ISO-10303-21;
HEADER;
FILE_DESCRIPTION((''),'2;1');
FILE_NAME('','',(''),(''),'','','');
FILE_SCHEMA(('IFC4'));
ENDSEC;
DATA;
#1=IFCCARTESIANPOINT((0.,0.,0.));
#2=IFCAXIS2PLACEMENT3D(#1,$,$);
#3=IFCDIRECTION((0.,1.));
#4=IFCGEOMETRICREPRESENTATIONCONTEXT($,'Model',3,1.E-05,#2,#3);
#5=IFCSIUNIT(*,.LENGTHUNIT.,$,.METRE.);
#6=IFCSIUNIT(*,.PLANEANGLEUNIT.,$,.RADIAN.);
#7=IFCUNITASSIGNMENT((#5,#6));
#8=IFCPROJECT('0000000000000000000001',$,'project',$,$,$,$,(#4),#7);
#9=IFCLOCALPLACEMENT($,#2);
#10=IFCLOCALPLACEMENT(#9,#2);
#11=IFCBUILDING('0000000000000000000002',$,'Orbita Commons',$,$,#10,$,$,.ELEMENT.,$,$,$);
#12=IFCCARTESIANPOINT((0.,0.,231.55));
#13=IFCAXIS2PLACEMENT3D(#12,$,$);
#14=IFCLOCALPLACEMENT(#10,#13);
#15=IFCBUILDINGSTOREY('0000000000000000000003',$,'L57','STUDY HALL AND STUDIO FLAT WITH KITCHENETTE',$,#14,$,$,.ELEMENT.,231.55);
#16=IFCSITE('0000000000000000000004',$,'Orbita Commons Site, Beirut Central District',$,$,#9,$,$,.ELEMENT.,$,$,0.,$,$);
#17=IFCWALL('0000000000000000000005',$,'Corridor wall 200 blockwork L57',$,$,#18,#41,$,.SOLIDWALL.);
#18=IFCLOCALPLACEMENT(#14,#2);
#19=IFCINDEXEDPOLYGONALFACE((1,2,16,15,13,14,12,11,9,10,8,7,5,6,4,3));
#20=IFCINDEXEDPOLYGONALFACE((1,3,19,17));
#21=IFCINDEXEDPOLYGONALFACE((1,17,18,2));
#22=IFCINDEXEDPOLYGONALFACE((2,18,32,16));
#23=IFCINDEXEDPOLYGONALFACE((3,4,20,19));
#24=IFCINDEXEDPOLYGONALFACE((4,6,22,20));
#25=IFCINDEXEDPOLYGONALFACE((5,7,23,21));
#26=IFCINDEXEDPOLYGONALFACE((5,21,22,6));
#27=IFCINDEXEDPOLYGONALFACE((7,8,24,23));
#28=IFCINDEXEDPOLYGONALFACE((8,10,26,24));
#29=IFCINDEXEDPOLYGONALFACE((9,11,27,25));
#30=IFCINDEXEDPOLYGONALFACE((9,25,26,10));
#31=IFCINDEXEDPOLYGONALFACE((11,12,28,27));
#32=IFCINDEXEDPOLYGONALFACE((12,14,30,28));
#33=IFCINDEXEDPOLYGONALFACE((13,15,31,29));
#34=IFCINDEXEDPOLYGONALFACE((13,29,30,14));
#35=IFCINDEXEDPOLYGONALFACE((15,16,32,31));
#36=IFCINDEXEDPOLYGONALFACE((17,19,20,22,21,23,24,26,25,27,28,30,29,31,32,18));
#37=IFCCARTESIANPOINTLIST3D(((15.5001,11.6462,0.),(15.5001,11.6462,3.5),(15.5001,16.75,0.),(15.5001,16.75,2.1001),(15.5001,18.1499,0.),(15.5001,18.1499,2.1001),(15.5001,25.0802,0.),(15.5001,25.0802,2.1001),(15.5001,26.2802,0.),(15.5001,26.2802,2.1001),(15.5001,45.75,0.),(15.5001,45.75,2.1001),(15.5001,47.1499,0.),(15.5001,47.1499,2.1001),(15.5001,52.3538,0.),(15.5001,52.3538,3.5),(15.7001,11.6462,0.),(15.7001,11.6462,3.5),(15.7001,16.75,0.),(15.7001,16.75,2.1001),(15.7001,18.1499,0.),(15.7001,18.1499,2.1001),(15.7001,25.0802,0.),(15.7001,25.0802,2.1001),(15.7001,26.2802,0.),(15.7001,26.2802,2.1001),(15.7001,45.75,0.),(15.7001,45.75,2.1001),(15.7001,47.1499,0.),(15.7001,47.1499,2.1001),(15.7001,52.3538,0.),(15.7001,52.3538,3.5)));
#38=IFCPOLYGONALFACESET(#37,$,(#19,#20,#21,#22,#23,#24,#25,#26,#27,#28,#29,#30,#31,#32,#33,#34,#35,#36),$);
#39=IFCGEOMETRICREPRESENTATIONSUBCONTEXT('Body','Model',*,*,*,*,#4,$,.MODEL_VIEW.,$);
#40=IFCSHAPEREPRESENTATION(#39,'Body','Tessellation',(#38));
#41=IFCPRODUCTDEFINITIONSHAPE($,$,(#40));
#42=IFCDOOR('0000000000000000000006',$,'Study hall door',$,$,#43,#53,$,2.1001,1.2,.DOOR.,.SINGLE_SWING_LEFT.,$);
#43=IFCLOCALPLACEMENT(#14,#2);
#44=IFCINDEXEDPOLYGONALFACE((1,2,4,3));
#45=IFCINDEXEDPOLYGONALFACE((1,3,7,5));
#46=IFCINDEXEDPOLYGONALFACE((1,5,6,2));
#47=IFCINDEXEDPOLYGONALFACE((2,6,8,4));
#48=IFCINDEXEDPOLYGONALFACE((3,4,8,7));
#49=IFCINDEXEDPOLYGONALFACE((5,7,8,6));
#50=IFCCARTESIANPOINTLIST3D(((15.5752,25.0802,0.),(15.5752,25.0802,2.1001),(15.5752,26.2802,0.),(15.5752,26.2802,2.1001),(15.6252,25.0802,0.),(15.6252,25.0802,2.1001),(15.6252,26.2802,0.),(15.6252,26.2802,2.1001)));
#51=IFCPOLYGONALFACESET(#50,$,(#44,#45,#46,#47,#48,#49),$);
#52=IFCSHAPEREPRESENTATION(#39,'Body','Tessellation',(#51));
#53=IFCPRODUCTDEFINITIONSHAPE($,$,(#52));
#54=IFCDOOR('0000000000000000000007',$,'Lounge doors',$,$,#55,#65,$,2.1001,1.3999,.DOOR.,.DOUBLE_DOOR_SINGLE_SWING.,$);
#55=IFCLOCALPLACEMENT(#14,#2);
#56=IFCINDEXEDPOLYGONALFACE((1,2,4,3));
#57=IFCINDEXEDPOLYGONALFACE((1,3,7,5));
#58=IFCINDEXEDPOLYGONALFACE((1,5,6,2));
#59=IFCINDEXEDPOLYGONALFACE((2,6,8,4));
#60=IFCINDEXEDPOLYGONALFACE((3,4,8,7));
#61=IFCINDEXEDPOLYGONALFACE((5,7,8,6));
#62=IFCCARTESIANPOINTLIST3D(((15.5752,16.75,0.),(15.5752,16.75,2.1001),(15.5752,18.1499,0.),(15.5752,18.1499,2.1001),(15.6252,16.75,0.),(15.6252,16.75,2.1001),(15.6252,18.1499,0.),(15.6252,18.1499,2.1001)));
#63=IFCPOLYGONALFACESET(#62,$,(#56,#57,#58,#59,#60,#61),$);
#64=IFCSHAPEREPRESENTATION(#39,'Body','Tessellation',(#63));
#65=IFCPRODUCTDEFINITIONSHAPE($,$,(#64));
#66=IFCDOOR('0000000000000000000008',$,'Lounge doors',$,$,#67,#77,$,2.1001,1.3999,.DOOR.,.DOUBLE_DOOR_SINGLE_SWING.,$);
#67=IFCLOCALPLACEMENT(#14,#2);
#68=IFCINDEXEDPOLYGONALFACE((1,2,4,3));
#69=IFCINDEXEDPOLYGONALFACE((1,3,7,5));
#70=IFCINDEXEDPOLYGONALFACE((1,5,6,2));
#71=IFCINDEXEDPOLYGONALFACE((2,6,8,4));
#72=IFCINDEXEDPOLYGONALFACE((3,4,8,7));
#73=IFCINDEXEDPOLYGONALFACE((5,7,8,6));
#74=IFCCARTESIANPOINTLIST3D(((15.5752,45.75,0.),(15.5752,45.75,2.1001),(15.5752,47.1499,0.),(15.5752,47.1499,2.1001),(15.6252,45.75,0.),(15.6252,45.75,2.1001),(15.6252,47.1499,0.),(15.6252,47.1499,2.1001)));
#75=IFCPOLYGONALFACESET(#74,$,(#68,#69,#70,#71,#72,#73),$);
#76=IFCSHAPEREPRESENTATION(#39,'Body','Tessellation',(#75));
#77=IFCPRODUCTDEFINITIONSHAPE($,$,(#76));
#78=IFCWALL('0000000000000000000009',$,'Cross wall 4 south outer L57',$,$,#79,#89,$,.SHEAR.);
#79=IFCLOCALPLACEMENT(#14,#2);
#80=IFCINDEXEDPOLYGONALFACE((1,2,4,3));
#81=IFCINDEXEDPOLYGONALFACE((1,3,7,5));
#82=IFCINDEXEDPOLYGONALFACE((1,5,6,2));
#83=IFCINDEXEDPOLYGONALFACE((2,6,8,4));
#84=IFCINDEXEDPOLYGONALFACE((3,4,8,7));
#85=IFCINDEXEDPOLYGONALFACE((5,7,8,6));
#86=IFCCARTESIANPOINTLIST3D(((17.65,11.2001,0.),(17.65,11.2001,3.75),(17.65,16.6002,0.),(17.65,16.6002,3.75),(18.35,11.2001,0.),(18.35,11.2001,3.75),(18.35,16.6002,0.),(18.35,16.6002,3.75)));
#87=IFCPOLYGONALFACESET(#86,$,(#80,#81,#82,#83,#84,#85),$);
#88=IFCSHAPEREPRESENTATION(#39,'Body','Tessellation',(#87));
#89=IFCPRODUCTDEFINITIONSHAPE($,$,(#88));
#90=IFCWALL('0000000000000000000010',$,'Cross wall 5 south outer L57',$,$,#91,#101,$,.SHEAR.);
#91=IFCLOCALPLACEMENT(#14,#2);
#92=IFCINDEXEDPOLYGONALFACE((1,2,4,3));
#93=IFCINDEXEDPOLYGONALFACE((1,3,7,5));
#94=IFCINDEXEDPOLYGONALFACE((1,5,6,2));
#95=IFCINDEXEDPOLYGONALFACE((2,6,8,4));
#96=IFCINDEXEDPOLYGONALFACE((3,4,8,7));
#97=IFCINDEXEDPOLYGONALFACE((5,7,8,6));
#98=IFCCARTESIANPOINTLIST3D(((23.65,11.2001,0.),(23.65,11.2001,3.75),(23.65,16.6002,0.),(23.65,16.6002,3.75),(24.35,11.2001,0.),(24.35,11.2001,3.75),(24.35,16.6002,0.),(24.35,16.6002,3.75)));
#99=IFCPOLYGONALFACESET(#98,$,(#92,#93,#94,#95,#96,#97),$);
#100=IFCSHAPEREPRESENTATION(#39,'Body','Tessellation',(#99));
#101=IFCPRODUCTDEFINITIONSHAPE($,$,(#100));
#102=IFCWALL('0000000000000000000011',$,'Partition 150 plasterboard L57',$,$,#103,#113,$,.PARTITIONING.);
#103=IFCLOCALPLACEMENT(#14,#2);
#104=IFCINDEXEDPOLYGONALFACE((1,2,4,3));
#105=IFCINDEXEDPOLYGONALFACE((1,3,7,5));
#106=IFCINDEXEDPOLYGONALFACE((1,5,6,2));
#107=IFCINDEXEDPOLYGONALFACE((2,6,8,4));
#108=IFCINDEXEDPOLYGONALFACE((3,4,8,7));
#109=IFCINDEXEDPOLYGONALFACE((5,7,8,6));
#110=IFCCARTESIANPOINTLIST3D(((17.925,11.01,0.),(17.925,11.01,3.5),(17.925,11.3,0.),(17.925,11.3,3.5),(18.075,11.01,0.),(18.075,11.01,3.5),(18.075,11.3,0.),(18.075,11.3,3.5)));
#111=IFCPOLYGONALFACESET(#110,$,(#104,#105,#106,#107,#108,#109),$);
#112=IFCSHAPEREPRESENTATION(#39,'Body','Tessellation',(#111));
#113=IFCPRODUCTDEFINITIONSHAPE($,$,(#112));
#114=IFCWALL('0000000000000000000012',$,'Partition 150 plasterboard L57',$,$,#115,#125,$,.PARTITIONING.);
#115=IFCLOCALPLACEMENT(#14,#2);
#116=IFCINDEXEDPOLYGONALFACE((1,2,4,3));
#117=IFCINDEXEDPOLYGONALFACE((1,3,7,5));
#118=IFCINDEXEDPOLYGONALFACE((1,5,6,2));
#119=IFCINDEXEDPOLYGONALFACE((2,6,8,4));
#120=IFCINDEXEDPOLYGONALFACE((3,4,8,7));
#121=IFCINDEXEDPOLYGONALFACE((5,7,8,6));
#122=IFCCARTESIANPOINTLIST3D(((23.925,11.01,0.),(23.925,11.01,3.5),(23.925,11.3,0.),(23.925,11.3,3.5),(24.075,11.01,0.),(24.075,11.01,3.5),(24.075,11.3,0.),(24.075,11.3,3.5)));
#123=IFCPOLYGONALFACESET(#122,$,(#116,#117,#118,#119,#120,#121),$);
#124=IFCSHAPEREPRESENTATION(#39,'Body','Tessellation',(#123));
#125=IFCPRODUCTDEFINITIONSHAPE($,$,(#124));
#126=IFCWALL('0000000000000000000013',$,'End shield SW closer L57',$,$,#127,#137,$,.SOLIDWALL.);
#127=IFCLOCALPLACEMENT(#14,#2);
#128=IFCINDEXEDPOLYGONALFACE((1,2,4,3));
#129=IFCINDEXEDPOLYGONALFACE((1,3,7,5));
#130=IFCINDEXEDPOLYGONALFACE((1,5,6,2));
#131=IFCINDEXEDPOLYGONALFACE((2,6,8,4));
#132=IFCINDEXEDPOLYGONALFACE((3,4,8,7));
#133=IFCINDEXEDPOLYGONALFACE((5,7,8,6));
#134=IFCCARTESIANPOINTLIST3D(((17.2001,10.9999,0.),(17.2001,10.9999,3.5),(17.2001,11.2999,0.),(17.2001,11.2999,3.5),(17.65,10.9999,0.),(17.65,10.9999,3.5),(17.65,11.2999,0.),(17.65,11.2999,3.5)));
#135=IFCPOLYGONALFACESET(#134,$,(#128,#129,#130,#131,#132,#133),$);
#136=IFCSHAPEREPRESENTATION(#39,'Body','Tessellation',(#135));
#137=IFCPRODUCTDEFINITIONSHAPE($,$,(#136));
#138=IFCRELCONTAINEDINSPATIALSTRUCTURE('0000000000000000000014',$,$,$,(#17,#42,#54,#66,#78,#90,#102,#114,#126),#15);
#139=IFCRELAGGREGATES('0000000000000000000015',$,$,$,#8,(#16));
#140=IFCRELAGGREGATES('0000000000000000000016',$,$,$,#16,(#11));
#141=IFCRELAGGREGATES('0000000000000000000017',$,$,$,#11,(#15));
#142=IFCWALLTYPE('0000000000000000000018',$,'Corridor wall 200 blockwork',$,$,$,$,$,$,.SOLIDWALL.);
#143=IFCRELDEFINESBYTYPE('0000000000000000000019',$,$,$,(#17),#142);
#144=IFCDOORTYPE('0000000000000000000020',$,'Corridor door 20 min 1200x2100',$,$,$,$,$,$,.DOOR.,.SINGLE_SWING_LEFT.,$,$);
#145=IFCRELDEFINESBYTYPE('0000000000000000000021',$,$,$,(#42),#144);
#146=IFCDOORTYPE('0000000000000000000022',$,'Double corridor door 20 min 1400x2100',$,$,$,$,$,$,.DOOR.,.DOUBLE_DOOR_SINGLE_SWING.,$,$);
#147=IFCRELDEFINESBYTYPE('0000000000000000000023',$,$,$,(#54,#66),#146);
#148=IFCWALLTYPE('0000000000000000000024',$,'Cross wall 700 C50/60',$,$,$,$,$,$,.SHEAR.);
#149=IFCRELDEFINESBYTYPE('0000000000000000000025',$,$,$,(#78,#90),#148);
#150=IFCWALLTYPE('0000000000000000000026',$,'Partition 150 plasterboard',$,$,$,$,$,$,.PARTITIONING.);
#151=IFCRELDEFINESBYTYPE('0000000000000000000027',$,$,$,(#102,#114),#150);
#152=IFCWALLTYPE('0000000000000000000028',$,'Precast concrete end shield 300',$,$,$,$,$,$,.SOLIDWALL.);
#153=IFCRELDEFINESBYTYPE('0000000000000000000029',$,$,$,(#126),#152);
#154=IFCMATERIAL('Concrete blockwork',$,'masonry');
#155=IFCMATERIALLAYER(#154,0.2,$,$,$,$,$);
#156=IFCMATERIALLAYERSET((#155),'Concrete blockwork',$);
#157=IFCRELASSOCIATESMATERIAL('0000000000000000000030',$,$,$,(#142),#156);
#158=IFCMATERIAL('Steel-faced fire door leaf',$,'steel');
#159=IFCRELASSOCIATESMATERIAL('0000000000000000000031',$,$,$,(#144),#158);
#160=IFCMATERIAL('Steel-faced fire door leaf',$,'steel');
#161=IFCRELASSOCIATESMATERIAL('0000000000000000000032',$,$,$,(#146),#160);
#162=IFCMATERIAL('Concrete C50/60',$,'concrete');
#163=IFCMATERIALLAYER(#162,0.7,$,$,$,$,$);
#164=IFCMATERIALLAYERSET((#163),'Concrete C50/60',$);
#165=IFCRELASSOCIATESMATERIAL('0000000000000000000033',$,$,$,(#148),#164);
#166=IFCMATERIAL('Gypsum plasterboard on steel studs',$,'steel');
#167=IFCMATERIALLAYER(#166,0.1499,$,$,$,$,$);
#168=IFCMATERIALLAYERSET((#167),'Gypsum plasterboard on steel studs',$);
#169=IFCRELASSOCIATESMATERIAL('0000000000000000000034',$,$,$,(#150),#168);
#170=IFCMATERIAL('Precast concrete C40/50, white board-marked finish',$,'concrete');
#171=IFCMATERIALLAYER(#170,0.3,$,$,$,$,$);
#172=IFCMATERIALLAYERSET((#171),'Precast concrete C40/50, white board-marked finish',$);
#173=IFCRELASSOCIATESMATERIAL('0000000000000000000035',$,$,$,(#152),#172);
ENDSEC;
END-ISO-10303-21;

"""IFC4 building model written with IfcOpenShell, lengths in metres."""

from ifc_helpers import new_model, si_unit, direction, frame, frame_2d, origin, place, context, subcontext, project, spatial, rectangle, extrude, material, layer, layer_set, type_object, element, fill, save


model = new_model("IFC4")

# Units and contexts
model_context = context("Model", 3, precision=1e-05, world=origin(), true_north=direction((0.0, 1.0)))
body_context = subcontext(model_context, "Body", "Model", "MODEL_VIEW")
ifc_project = project(units=[si_unit("LENGTHUNIT", "METRE"), si_unit("PLANEANGLEUNIT", "RADIAN")], contexts=[model_context])

# Site, building, storey
site_placement = place(None, origin())
site = spatial("IfcSite", under=ifc_project, at=site_placement, Name="Orbita Commons Site, Beirut Central District", CompositionType="ELEMENT", RefElevation=0.0)
building_placement = place(site_placement, origin())
building = spatial("IfcBuilding", under=site, at=building_placement, Name="Orbita Commons", CompositionType="ELEMENT")
storey_placement = place(building_placement, frame((0.0, 0.0, 231.55)))
storey = spatial("IfcBuildingStorey", under=building, at=storey_placement, Name="L57", Description="STUDY HALL AND STUDIO FLAT WITH KITCHENETTE", CompositionType="ELEMENT", Elevation=231.55)

# Wall, openings, doors
ifc_material_1 = material(Name="Concrete blockwork", Category="masonry")
ifc_layer_1 = layer(ifc_material_1, 0.2)
ifc_layer_set_1 = layer_set([ifc_layer_1], Name="Concrete blockwork")
wall_type_1 = type_object("IfcWallType", Name="Corridor wall 200 blockwork", PredefinedType="SOLIDWALL", material=ifc_layer_set_1)
wall_1_placement = place(storey_placement, frame((15.6001, 11.6462, 0.0), z_axis=(0.0, 0.0, 1.0), x_axis=(0.0, 1.0, 0.0)))
wall_1 = element("IfcWall", 1, at=wall_1_placement, inside=storey, type_object=wall_type_1, Name="Corridor wall 200 blockwork L57", PredefinedType="SOLIDWALL", context=body_context, shape_type="SweptSolid", body=[
    extrude(rectangle(XDim=40.7075, YDim=0.2, at=frame_2d((20.3538, 0.0))), origin(), (0.0, 0.0, 1.0), 3.5),
])
opening_1_placement = place(wall_1_placement, frame((13.4338, 0.0, 0.0)))
opening_1 = element("IfcOpeningElement", 2, at=opening_1_placement, cuts=wall_1, PredefinedType="OPENING", context=body_context, shape_type="SweptSolid", body=[
    extrude(rectangle(XDim=1.2, YDim=2.1001, at=frame_2d((0.6001, 1.05))), frame((0.0, 0.1099, 0.0), z_axis=(0.0, -1.0, 0.0), x_axis=(1.0, 0.0, 0.0)), (0.0, 0.0, 1.0), 0.22),
])
opening_2_placement = place(wall_1_placement, frame((5.1038, 0.0, 0.0)))
opening_2 = element("IfcOpeningElement", 3, at=opening_2_placement, cuts=wall_1, PredefinedType="OPENING", context=body_context, shape_type="SweptSolid", body=[
    extrude(rectangle(XDim=1.3999, YDim=2.1001, at=frame_2d((0.7, 1.05))), frame((0.0, 0.1099, 0.0), z_axis=(0.0, -1.0, 0.0), x_axis=(1.0, 0.0, 0.0)), (0.0, 0.0, 1.0), 0.22),
])
opening_3_placement = place(wall_1_placement, frame((34.1038, 0.0, 0.0)))
opening_3 = element("IfcOpeningElement", 4, at=opening_3_placement, cuts=wall_1, PredefinedType="OPENING", context=body_context, shape_type="SweptSolid", body=[
    extrude(rectangle(XDim=1.3999, YDim=2.1001, at=frame_2d((0.7, 1.05))), frame((0.0, 0.1099, 0.0), z_axis=(0.0, -1.0, 0.0), x_axis=(1.0, 0.0, 0.0)), (0.0, 0.0, 1.0), 0.22),
])
ifc_material_2 = material(Name="Steel-faced fire door leaf", Category="steel")
door_type_1 = type_object("IfcDoorType", Name="Corridor door 20 min 1200x2100", OperationType="SINGLE_SWING_LEFT", PredefinedType="DOOR", material=ifc_material_2)
door_1_placement = place(opening_1_placement, origin())
door_1 = element("IfcDoor", 5, at=door_1_placement, inside=storey, type_object=door_type_1, Name="Study hall door", OperationType="SINGLE_SWING_LEFT", OverallHeight=2.1001, OverallWidth=1.2, PredefinedType="DOOR", context=body_context, shape_type="SweptSolid", body=[
    extrude(rectangle(XDim=1.2, YDim=2.1001, at=frame_2d((0.6001, 1.05))), frame((0.0, 0.0249, 0.0), z_axis=(0.0, -1.0, 0.0), x_axis=(1.0, 0.0, 0.0)), (0.0, 0.0, 1.0), 0.05),
])
fill(opening_1, door_1)
ifc_material_3 = material(Name="Steel-faced fire door leaf", Category="steel")
door_type_2 = type_object("IfcDoorType", Name="Double corridor door 20 min 1400x2100", OperationType="DOUBLE_DOOR_SINGLE_SWING", PredefinedType="DOOR", material=ifc_material_3)
door_2_placement = place(opening_2_placement, origin())
door_2 = element("IfcDoor", 6, at=door_2_placement, inside=storey, type_object=door_type_2, Name="Lounge doors", OperationType="DOUBLE_DOOR_SINGLE_SWING", OverallHeight=2.1001, OverallWidth=1.3999, PredefinedType="DOOR", context=body_context, shape_type="SweptSolid", body=[
    extrude(rectangle(XDim=1.3999, YDim=2.1001, at=frame_2d((0.7, 1.05))), frame((0.0, 0.0249, 0.0), z_axis=(0.0, -1.0, 0.0), x_axis=(1.0, 0.0, 0.0)), (0.0, 0.0, 1.0), 0.05),
])
fill(opening_2, door_2)
door_3_placement = place(opening_3_placement, origin())
door_3 = element("IfcDoor", 7, at=door_3_placement, inside=storey, type_object=door_type_2, Name="Lounge doors", OperationType="DOUBLE_DOOR_SINGLE_SWING", OverallHeight=2.1001, OverallWidth=1.3999, PredefinedType="DOOR", context=body_context, shape_type="SweptSolid", body=[
    extrude(rectangle(XDim=1.3999, YDim=2.1001, at=frame_2d((0.7, 1.05))), frame((0.0, 0.0249, 0.0), z_axis=(0.0, -1.0, 0.0), x_axis=(1.0, 0.0, 0.0)), (0.0, 0.0, 1.0), 0.05),
])
fill(opening_3, door_3)

# Walls
ifc_material_4 = material(Name="Concrete C50/60", Category="concrete")
ifc_layer_2 = layer(ifc_material_4, 0.7)
ifc_layer_set_2 = layer_set([ifc_layer_2], Name="Concrete C50/60")
wall_type_2 = type_object("IfcWallType", Name="Cross wall 700 C50/60", PredefinedType="SHEAR", material=ifc_layer_set_2)
for number, where, z_axis, x_axis, name in (
    (8, (18.0, 11.2, 0.0), (0.0, 0.0, 1.0), (0.0, 1.0, 0.0), "Cross wall 4 south outer L57"),
    (9, (24.0, 11.2, 0.0), (0.0, 0.0, 1.0), (0.0, 1.0, 0.0), "Cross wall 5 south outer L57"),
):
    element("IfcWall", number, at=place(storey_placement, frame(where, z_axis=z_axis, x_axis=x_axis)), inside=storey, type_object=wall_type_2, Name=name, PredefinedType="SHEAR", context=body_context, shape_type="SweptSolid", body=[
        extrude(rectangle(XDim=5.4001, YDim=0.7, at=frame_2d((2.7002, 0.0))), origin(), (0.0, 0.0, 1.0), 3.75),
    ])
ifc_material_5 = material(Name="Gypsum plasterboard on steel studs", Category="steel")
ifc_layer_3 = layer(ifc_material_5, 0.1499)
ifc_layer_set_3 = layer_set([ifc_layer_3], Name="Gypsum plasterboard on steel studs")
wall_type_3 = type_object("IfcWallType", Name="Partition 150 plasterboard", PredefinedType="PARTITIONING", material=ifc_layer_set_3)
for number, where, z_axis, x_axis, name in (
    (10, (18.0, 11.3, 0.0), (0.0, 0.0, 1.0), (0.0, -1.0, 0.0), "Partition 150 plasterboard L57"),
    (11, (24.0, 11.3, 0.0), (0.0, 0.0, 1.0), (0.0, -1.0, 0.0), "Partition 150 plasterboard L57"),
):
    element("IfcWall", number, at=place(storey_placement, frame(where, z_axis=z_axis, x_axis=x_axis)), inside=storey, type_object=wall_type_3, Name=name, PredefinedType="PARTITIONING", context=body_context, shape_type="SweptSolid", body=[
        extrude(rectangle(XDim=0.29, YDim=0.1499, at=frame_2d((0.145, 0.0))), origin(), (0.0, 0.0, 1.0), 3.5),
    ])
ifc_material_6 = material(Name="Precast concrete C40/50, white board-marked finish", Category="concrete")
ifc_layer_4 = layer(ifc_material_6, 0.3)
ifc_layer_set_4 = layer_set([ifc_layer_4], Name="Precast concrete C40/50, white board-marked finish")
wall_type_4 = type_object("IfcWallType", Name="Precast concrete end shield 300", PredefinedType="SOLIDWALL", material=ifc_layer_set_4)
wall_2_placement = place(storey_placement, frame((17.2, 11.1499, 0.0), z_axis=(0.0, 0.0, 1.0), x_axis=(1.0, 0.0, 0.0)))
element("IfcWall", 12, at=wall_2_placement, inside=storey, type_object=wall_type_4, Name="End shield SW closer L57", PredefinedType="SOLIDWALL", context=body_context, shape_type="SweptSolid", body=[
    extrude(rectangle(XDim=0.45, YDim=0.3, at=frame_2d((0.2251, 0.0))), origin(), (0.0, 0.0, 1.0), 3.5),
])

save(model, "model.ifc")
